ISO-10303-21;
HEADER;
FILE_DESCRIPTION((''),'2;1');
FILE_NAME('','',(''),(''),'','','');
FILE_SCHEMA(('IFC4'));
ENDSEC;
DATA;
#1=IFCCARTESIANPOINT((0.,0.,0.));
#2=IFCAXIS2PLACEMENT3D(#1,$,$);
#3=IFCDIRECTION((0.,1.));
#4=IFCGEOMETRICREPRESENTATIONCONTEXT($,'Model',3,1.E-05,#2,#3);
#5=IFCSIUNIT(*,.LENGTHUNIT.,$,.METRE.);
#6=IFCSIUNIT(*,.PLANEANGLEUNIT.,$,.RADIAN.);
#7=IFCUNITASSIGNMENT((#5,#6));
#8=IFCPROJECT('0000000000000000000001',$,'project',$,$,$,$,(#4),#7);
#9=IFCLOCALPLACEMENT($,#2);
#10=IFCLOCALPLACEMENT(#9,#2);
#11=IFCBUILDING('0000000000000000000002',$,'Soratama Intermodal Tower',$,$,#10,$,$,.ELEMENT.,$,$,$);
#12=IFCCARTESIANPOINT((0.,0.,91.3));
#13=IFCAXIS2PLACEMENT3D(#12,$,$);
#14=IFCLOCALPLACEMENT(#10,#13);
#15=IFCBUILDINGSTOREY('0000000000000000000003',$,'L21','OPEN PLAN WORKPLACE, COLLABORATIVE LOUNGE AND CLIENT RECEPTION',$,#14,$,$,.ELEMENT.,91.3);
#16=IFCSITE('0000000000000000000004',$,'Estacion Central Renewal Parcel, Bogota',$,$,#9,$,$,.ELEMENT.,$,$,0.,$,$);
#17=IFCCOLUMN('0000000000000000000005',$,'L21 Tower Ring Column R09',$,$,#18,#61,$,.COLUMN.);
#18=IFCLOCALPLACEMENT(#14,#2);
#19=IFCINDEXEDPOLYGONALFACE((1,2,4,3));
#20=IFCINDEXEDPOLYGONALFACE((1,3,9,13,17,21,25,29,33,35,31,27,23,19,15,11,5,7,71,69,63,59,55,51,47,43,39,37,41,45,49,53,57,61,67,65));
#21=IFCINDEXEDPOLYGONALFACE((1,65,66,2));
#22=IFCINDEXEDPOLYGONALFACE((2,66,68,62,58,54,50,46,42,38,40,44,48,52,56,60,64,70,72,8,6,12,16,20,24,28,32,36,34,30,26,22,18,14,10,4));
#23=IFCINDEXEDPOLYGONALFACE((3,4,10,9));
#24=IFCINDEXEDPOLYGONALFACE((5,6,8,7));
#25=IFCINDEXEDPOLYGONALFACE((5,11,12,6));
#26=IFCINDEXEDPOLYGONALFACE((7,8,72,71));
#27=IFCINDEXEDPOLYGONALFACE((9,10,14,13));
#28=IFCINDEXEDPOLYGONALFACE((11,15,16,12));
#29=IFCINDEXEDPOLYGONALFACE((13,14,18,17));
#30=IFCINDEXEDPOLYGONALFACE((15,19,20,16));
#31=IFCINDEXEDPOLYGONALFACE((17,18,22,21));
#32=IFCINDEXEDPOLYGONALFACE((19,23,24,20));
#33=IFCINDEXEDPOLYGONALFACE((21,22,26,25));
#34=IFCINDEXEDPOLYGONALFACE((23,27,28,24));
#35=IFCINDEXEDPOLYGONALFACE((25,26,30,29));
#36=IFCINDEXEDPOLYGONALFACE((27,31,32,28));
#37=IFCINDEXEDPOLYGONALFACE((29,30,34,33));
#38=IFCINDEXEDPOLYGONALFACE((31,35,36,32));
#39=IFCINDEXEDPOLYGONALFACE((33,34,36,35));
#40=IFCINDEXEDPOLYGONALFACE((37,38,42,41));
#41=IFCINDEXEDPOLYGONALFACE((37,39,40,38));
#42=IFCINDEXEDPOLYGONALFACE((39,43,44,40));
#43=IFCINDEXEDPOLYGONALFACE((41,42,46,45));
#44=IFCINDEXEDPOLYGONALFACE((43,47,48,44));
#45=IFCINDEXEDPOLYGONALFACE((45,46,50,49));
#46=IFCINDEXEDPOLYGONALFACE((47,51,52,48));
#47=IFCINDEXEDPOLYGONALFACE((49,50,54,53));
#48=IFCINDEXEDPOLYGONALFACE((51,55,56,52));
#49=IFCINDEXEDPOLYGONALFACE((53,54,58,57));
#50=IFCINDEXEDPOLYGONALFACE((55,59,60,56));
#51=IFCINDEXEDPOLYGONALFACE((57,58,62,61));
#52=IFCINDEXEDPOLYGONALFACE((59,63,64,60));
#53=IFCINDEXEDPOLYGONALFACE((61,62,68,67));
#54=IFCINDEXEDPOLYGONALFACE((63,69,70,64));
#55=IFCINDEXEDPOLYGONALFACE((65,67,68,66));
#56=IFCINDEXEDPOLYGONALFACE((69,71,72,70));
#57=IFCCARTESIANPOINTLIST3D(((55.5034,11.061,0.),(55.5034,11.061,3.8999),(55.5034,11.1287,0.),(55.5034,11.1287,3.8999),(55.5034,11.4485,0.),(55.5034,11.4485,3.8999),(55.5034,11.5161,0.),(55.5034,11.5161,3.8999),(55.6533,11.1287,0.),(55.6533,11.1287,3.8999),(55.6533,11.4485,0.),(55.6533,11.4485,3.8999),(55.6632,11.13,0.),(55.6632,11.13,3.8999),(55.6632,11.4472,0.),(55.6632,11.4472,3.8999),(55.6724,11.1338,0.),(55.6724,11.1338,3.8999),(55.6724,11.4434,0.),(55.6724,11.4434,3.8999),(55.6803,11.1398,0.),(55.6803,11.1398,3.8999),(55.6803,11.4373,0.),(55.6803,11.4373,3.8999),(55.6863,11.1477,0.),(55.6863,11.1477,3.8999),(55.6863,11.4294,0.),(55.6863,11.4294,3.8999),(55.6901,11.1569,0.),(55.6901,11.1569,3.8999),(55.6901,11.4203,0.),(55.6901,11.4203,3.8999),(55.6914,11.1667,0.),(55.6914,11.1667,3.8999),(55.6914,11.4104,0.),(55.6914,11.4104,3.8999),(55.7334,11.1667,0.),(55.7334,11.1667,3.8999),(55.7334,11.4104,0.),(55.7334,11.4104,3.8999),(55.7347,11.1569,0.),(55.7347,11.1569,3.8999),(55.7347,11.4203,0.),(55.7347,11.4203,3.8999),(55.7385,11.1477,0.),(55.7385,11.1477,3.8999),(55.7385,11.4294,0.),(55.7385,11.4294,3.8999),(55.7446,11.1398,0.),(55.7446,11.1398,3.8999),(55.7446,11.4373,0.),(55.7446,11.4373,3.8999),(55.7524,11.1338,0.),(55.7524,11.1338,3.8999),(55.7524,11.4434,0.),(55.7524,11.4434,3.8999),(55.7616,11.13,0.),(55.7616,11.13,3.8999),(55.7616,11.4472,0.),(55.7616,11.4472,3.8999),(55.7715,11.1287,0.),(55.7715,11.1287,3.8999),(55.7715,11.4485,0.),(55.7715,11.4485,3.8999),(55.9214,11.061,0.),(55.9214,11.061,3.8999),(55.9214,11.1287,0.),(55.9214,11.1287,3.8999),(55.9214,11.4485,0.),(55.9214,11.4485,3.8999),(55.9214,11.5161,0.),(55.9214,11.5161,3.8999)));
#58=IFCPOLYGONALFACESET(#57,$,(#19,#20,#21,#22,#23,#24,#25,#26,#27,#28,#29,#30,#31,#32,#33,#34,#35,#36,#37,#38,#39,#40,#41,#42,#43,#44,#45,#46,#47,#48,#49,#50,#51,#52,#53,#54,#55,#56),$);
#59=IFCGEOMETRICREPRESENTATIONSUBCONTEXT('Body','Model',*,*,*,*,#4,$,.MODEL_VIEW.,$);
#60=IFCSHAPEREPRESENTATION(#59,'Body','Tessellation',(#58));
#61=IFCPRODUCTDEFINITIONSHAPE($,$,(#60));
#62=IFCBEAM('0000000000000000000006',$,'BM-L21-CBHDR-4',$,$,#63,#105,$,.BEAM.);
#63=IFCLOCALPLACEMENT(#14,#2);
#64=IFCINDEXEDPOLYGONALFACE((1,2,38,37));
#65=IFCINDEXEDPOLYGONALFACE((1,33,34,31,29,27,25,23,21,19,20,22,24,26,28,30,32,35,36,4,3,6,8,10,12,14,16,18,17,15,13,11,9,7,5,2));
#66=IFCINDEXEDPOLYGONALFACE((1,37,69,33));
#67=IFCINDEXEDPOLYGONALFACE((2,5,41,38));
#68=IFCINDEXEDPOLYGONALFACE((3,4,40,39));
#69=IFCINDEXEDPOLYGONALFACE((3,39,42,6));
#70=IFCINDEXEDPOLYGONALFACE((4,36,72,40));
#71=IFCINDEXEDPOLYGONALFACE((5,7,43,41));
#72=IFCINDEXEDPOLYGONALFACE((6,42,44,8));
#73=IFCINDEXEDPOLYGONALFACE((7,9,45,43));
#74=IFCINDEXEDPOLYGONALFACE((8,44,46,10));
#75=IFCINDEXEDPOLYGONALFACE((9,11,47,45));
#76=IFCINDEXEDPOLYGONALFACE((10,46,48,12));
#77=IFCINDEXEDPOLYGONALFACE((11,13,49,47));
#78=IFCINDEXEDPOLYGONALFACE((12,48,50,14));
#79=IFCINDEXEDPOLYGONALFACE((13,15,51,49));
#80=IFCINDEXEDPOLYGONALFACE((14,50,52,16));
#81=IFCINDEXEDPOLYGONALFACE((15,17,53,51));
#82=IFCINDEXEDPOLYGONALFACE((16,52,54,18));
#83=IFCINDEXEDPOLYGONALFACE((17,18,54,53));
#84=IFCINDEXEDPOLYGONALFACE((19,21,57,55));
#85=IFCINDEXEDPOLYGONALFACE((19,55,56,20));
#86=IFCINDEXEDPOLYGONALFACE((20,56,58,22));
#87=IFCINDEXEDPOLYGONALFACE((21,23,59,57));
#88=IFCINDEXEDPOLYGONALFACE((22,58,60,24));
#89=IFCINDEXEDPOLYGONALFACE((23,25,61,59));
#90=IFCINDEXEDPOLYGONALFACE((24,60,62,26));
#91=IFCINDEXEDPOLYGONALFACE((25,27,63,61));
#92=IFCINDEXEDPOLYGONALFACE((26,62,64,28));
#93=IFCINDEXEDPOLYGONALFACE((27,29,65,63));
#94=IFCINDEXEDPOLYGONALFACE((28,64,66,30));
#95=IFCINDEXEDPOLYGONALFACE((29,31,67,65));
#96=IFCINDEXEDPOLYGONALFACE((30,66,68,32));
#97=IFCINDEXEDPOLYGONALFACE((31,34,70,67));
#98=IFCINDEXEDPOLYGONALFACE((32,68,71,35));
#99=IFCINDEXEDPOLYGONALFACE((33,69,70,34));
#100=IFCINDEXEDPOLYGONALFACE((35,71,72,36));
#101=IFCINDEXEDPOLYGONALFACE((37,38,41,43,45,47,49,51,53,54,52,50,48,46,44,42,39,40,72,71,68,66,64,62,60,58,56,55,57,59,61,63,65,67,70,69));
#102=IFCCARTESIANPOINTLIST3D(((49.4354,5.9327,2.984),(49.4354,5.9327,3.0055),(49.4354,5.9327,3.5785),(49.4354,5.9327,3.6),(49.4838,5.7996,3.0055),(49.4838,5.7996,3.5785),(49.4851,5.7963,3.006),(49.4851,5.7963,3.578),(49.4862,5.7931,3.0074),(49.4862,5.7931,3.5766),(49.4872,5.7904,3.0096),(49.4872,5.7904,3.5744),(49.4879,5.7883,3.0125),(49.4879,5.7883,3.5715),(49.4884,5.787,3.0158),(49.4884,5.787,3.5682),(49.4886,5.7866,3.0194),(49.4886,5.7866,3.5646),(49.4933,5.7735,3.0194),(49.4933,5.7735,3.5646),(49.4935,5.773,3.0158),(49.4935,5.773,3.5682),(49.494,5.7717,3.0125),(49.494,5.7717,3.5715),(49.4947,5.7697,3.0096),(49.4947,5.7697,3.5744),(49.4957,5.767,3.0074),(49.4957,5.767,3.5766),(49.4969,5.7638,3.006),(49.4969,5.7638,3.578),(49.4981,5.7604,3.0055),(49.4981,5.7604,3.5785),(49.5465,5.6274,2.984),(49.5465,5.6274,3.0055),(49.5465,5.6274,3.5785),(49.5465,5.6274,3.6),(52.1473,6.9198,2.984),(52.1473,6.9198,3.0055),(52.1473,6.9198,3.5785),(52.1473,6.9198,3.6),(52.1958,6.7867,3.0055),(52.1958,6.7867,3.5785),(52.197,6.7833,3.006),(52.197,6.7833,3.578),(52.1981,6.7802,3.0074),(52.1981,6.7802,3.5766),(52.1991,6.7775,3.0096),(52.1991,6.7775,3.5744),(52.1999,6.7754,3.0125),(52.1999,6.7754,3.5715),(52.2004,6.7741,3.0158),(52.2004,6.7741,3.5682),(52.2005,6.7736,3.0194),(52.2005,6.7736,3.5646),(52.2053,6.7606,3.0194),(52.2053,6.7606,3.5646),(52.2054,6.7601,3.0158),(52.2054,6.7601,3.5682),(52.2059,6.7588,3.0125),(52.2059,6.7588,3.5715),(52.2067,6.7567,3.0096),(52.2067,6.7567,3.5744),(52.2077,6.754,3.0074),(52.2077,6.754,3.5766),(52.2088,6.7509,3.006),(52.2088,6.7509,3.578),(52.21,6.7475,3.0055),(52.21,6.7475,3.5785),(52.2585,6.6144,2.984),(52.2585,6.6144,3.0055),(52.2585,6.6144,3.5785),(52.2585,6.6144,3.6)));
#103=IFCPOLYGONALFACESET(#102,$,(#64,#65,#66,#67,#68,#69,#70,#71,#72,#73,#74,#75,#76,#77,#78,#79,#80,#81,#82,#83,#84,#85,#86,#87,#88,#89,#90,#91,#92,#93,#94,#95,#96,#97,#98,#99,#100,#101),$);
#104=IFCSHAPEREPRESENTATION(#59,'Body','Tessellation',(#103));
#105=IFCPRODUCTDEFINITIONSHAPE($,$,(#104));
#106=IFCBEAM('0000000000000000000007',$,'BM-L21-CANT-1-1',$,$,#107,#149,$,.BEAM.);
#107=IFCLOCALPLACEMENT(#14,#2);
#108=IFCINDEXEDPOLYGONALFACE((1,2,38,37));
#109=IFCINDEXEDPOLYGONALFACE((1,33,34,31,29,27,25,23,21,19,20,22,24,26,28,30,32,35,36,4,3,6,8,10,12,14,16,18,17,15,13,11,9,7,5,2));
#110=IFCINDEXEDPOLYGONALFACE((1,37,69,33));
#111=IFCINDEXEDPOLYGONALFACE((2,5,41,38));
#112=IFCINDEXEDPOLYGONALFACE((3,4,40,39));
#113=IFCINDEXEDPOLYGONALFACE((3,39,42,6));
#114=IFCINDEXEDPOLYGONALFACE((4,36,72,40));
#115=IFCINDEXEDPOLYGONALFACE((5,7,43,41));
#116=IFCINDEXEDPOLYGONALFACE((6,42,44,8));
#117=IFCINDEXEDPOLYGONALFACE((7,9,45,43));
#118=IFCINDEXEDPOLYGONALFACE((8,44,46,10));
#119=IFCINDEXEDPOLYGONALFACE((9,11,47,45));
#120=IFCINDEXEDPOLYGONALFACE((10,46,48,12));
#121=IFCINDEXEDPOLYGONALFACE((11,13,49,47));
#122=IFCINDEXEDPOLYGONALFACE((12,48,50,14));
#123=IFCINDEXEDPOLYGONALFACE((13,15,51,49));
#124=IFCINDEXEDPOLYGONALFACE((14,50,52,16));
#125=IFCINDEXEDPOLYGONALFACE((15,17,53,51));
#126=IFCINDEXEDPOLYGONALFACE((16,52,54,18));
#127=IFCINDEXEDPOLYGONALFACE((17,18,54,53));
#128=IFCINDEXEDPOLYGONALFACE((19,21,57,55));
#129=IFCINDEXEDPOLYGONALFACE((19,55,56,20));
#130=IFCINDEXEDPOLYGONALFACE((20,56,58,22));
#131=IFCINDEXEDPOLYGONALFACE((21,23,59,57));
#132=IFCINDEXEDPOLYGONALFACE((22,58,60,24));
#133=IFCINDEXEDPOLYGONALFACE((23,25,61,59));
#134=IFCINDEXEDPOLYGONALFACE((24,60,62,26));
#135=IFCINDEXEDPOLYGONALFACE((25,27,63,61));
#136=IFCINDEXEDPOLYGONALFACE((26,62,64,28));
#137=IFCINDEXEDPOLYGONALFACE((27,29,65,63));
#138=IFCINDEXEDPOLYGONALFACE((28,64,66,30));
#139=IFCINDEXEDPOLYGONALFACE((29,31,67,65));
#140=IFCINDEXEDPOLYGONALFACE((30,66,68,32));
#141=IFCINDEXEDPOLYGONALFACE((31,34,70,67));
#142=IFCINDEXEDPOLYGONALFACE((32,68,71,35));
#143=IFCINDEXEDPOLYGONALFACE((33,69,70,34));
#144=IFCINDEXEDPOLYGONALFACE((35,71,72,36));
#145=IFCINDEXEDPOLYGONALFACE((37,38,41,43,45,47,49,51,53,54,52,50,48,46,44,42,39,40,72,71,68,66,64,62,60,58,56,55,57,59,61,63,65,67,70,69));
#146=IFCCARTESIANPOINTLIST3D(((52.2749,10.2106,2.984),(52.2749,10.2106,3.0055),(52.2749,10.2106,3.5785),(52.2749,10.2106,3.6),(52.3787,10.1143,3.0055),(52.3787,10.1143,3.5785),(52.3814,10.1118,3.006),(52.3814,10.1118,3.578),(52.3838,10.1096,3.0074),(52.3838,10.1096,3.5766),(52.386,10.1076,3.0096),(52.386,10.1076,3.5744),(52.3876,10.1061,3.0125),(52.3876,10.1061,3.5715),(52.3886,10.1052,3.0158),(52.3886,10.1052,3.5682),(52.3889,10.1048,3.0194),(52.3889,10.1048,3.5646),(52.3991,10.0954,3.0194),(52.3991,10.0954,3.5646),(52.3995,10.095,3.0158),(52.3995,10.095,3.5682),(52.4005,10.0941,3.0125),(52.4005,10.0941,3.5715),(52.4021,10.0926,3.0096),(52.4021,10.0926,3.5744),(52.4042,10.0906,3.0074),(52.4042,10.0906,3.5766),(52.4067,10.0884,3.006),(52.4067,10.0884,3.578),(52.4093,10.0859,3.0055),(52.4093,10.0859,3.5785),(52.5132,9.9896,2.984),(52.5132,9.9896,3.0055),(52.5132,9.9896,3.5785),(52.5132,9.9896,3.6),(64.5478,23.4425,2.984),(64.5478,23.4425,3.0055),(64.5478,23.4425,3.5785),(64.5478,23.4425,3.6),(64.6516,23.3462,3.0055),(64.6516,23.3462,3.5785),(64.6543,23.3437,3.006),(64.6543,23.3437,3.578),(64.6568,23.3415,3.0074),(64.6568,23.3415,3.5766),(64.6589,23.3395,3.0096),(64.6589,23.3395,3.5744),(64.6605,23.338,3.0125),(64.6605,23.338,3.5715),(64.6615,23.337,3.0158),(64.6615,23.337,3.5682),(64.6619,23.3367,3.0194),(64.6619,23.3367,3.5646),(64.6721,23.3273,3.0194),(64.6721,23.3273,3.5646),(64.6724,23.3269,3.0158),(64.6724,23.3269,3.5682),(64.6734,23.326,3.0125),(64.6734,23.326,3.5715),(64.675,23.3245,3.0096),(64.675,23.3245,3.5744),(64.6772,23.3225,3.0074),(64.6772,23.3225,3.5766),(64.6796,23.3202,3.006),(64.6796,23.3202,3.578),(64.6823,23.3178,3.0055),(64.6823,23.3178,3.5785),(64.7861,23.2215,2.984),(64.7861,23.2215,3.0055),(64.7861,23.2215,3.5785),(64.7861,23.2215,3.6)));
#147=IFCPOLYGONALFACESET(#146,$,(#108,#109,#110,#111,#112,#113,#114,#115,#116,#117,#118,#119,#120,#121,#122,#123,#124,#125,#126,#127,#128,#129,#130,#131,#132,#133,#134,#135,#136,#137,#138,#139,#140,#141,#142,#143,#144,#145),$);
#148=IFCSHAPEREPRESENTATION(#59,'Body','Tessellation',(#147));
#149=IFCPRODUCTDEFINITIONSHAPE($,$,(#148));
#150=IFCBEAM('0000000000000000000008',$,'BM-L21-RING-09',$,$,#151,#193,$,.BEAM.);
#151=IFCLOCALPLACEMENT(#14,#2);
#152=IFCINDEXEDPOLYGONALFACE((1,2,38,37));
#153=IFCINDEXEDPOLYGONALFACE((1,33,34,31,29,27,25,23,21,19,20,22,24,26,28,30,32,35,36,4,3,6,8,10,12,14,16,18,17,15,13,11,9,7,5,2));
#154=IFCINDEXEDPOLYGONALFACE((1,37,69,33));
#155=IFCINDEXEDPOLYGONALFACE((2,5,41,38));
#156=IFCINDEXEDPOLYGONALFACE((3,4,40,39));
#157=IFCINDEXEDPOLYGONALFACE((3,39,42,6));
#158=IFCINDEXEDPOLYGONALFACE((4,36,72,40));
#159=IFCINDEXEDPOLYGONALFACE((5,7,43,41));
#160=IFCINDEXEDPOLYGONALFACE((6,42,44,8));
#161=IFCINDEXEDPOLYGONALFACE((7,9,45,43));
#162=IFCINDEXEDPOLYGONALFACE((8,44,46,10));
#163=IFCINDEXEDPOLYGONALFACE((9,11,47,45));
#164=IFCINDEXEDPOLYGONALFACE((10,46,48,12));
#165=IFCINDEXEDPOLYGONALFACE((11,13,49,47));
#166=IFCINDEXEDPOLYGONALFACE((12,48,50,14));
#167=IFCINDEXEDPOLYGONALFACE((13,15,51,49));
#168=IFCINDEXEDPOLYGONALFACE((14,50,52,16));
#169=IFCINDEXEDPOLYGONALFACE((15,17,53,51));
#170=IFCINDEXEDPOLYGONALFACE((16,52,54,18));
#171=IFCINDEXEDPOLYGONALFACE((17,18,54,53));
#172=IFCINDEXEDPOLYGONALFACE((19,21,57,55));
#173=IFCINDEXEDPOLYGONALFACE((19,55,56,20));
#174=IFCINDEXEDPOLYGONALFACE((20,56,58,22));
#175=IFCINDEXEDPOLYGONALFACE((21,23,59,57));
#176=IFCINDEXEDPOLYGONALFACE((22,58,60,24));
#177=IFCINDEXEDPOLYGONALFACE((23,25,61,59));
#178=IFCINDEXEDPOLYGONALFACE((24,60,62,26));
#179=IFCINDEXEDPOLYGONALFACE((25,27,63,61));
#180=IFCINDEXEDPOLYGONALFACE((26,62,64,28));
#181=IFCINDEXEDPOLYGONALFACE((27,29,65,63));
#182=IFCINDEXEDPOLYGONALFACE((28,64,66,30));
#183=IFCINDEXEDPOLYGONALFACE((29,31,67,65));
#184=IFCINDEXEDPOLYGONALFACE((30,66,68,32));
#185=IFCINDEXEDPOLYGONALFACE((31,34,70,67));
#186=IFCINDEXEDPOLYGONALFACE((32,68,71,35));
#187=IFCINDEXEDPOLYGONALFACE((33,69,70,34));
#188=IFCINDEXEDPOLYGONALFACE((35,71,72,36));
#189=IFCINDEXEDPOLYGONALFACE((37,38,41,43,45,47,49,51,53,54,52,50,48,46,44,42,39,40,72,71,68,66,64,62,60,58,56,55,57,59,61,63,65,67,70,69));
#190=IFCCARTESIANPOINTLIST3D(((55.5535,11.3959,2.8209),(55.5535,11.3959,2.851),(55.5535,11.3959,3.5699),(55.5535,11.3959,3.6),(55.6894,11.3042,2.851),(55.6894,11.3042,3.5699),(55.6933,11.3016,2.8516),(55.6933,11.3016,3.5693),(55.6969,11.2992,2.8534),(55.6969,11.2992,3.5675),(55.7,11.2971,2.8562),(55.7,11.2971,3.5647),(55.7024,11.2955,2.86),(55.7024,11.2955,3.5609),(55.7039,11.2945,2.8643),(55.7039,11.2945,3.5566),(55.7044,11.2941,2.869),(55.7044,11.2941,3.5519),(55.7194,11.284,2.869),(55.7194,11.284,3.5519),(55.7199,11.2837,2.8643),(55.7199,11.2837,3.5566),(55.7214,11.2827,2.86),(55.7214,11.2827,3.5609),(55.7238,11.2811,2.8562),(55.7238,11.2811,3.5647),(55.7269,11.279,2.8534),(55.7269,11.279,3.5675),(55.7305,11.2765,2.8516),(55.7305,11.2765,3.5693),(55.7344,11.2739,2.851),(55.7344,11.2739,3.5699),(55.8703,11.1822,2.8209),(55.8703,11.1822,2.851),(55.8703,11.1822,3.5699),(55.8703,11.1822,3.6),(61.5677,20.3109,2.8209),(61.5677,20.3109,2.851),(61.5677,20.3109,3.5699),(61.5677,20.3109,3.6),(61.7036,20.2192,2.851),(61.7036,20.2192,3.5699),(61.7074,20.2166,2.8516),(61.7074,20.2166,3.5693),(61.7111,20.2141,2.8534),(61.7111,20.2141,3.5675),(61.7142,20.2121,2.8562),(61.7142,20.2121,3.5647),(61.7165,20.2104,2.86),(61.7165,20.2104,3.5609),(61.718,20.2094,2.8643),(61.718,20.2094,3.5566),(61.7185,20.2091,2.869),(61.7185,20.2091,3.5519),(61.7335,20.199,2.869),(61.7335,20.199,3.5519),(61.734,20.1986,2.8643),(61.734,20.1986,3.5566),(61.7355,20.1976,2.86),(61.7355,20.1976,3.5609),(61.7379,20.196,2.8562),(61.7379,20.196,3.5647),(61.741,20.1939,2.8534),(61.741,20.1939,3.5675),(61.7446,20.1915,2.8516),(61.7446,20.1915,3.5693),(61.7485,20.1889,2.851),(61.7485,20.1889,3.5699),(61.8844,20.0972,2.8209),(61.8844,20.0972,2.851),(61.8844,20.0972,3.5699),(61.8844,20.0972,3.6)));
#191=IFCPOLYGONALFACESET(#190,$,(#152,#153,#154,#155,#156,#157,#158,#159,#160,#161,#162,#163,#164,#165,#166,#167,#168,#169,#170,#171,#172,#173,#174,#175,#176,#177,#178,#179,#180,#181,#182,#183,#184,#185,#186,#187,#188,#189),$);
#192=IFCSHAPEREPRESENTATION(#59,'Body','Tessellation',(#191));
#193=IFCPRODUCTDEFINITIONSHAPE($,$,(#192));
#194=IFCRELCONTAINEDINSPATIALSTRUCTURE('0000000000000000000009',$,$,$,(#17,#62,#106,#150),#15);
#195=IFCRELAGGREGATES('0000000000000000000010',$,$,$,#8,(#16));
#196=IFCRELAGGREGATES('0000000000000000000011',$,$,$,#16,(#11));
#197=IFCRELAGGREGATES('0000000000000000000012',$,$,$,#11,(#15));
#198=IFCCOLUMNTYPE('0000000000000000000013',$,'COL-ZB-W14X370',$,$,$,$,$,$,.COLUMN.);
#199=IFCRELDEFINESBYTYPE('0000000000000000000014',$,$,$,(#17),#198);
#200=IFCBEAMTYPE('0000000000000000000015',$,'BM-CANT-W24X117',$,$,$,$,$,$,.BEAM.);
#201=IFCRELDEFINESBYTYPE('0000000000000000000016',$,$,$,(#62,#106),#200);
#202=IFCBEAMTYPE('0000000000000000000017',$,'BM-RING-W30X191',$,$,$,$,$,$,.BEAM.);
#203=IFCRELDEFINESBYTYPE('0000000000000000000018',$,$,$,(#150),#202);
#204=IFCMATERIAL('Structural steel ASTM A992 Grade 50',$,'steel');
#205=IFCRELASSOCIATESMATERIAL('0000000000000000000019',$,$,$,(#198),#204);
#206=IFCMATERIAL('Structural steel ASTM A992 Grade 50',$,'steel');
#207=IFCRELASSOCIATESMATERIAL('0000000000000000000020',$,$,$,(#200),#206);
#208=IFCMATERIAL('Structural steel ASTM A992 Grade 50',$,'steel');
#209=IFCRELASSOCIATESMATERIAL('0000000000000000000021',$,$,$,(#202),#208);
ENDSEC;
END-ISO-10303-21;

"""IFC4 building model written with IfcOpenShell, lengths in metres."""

from ifc_helpers import new_model, si_unit, direction, frame, origin, origin_2d, place, context, subcontext, project, spatial, i_section, extrude, material, material_profile, profile_set, type_object, element, save


model = new_model("IFC4")

# Units and contexts
model_context = context("Model", 3, precision=1e-05, world=origin(), true_north=direction((0.0, 1.0)))
body_context = subcontext(model_context, "Body", "Model", "MODEL_VIEW")
ifc_project = project(units=[si_unit("LENGTHUNIT", "METRE"), si_unit("PLANEANGLEUNIT", "RADIAN")], contexts=[model_context])

# Site, building, storey
site_placement = place(None, origin())
site = spatial("IfcSite", under=ifc_project, at=site_placement, Name="Estacion Central Renewal Parcel, Bogota", CompositionType="ELEMENT", RefElevation=0.0)
building_placement = place(site_placement, origin())
building = spatial("IfcBuilding", under=site, at=building_placement, Name="Soratama Intermodal Tower", CompositionType="ELEMENT")
storey_placement = place(building_placement, frame((0.0, 0.0, 91.3)))
storey = spatial("IfcBuildingStorey", under=building, at=storey_placement, Name="L21", Description="OPEN PLAN WORKPLACE, COLLABORATIVE LOUNGE AND CLIENT RECEPTION", CompositionType="ELEMENT", Elevation=91.3)

# Column
ifc_material_1 = material(Name="Structural steel ASTM A992 Grade 50", Category="steel")
ifc_material_profile_1 = material_profile(ifc_material_1, i_section(OverallWidth=0.418, OverallDepth=0.4551, WebThickness=0.042, FlangeThickness=0.0676, FilletRadius=0.0381, at=origin_2d()), Name="W14X370")
ifc_profile_set_1 = profile_set([ifc_material_profile_1], Name="Structural steel ASTM A992 Grade 50")
column_type = type_object("IfcColumnType", Name="COL-ZB-W14X370", PredefinedType="COLUMN", material=ifc_profile_set_1)
column_placement = place(storey_placement, frame((55.7124, 11.2886, 0.0), z_axis=(0.0, 0.0, 1.0), x_axis=(1.0, 0.0, 0.0)))
element("IfcColumn", 1, at=column_placement, inside=storey, type_object=column_type, Name="L21 Tower Ring Column R09", PredefinedType="COLUMN", context=body_context, shape_type="SweptSolid", body=[
    extrude(i_section(OverallWidth=0.418, OverallDepth=0.4551, WebThickness=0.042, FlangeThickness=0.0676, FilletRadius=0.0381, at=origin_2d()), origin(), (0.0, 0.0, 1.0), 3.8999),
])

# Beams
ifc_material_2 = material(Name="Structural steel ASTM A992 Grade 50", Category="steel")
ifc_material_profile_2 = material_profile(ifc_material_2, i_section(OverallWidth=0.325, OverallDepth=0.616, WebThickness=0.0139, FlangeThickness=0.0215, FilletRadius=0.0139, at=origin_2d()), Name="W24X117")
ifc_profile_set_2 = profile_set([ifc_material_profile_2], Name="Structural steel ASTM A992 Grade 50")
beam_type_1 = type_object("IfcBeamType", Name="BM-CANT-W24X117", PredefinedType="BEAM", material=ifc_profile_set_2)
beam_1_placement = place(storey_placement, frame((49.491, 5.78, 3.292), z_axis=(0.939692, 0.342022, 0.0), x_axis=(-0.342022, 0.939692, 0.0)))
element("IfcBeam", 2, at=beam_1_placement, inside=storey, type_object=beam_type_1, Name="BM-L21-CBHDR-4", PredefinedType="BEAM", context=body_context, shape_type="SweptSolid", body=[
    extrude(i_section(OverallWidth=0.325, OverallDepth=0.616, WebThickness=0.0139, FlangeThickness=0.0215, FilletRadius=0.0139, at=origin_2d()), origin(), (0.0, 0.0, 1.0), 2.886),
])
beam_2_placement = place(storey_placement, frame((52.394, 10.1001, 3.292), z_axis=(0.680039, 0.733176, 0.0), x_axis=(-0.733176, 0.680039, 0.0)))
element("IfcBeam", 3, at=beam_2_placement, inside=storey, type_object=beam_type_1, Name="BM-L21-CANT-1-1", PredefinedType="BEAM", context=body_context, shape_type="SweptSolid", body=[
    extrude(i_section(OverallWidth=0.325, OverallDepth=0.616, WebThickness=0.0139, FlangeThickness=0.0215, FilletRadius=0.0139, at=origin_2d()), origin(), (0.0, 0.0, 1.0), 18.0474),
])
ifc_material_3 = material(Name="Structural steel ASTM A992 Grade 50", Category="steel")
ifc_material_profile_3 = material_profile(ifc_material_3, i_section(OverallWidth=0.3821, OverallDepth=0.7791, WebThickness=0.0181, FlangeThickness=0.03, FilletRadius=0.0181, at=origin_2d()), Name="W30X191")
ifc_profile_set_3 = profile_set([ifc_material_profile_3], Name="Structural steel ASTM A992 Grade 50")
beam_type_2 = type_object("IfcBeamType", Name="BM-RING-W30X191", PredefinedType="BEAM", material=ifc_profile_set_3)
beam_3_placement = place(storey_placement, frame((55.7119, 11.2891, 3.2104), z_axis=(0.55925, 0.828999, 0.0), x_axis=(-0.828999, 0.55925, 0.0)))
element("IfcBeam", 4, at=beam_3_placement, inside=storey, type_object=beam_type_2, Name="BM-L21-RING-09", PredefinedType="BEAM", context=body_context, shape_type="SweptSolid", body=[
    extrude(i_section(OverallWidth=0.3821, OverallDepth=0.7791, WebThickness=0.0181, FlangeThickness=0.03, FilletRadius=0.0181, at=origin_2d()), origin(), (0.0, 0.0, 1.0), 10.7539),
])

save(model, "model.ifc")
